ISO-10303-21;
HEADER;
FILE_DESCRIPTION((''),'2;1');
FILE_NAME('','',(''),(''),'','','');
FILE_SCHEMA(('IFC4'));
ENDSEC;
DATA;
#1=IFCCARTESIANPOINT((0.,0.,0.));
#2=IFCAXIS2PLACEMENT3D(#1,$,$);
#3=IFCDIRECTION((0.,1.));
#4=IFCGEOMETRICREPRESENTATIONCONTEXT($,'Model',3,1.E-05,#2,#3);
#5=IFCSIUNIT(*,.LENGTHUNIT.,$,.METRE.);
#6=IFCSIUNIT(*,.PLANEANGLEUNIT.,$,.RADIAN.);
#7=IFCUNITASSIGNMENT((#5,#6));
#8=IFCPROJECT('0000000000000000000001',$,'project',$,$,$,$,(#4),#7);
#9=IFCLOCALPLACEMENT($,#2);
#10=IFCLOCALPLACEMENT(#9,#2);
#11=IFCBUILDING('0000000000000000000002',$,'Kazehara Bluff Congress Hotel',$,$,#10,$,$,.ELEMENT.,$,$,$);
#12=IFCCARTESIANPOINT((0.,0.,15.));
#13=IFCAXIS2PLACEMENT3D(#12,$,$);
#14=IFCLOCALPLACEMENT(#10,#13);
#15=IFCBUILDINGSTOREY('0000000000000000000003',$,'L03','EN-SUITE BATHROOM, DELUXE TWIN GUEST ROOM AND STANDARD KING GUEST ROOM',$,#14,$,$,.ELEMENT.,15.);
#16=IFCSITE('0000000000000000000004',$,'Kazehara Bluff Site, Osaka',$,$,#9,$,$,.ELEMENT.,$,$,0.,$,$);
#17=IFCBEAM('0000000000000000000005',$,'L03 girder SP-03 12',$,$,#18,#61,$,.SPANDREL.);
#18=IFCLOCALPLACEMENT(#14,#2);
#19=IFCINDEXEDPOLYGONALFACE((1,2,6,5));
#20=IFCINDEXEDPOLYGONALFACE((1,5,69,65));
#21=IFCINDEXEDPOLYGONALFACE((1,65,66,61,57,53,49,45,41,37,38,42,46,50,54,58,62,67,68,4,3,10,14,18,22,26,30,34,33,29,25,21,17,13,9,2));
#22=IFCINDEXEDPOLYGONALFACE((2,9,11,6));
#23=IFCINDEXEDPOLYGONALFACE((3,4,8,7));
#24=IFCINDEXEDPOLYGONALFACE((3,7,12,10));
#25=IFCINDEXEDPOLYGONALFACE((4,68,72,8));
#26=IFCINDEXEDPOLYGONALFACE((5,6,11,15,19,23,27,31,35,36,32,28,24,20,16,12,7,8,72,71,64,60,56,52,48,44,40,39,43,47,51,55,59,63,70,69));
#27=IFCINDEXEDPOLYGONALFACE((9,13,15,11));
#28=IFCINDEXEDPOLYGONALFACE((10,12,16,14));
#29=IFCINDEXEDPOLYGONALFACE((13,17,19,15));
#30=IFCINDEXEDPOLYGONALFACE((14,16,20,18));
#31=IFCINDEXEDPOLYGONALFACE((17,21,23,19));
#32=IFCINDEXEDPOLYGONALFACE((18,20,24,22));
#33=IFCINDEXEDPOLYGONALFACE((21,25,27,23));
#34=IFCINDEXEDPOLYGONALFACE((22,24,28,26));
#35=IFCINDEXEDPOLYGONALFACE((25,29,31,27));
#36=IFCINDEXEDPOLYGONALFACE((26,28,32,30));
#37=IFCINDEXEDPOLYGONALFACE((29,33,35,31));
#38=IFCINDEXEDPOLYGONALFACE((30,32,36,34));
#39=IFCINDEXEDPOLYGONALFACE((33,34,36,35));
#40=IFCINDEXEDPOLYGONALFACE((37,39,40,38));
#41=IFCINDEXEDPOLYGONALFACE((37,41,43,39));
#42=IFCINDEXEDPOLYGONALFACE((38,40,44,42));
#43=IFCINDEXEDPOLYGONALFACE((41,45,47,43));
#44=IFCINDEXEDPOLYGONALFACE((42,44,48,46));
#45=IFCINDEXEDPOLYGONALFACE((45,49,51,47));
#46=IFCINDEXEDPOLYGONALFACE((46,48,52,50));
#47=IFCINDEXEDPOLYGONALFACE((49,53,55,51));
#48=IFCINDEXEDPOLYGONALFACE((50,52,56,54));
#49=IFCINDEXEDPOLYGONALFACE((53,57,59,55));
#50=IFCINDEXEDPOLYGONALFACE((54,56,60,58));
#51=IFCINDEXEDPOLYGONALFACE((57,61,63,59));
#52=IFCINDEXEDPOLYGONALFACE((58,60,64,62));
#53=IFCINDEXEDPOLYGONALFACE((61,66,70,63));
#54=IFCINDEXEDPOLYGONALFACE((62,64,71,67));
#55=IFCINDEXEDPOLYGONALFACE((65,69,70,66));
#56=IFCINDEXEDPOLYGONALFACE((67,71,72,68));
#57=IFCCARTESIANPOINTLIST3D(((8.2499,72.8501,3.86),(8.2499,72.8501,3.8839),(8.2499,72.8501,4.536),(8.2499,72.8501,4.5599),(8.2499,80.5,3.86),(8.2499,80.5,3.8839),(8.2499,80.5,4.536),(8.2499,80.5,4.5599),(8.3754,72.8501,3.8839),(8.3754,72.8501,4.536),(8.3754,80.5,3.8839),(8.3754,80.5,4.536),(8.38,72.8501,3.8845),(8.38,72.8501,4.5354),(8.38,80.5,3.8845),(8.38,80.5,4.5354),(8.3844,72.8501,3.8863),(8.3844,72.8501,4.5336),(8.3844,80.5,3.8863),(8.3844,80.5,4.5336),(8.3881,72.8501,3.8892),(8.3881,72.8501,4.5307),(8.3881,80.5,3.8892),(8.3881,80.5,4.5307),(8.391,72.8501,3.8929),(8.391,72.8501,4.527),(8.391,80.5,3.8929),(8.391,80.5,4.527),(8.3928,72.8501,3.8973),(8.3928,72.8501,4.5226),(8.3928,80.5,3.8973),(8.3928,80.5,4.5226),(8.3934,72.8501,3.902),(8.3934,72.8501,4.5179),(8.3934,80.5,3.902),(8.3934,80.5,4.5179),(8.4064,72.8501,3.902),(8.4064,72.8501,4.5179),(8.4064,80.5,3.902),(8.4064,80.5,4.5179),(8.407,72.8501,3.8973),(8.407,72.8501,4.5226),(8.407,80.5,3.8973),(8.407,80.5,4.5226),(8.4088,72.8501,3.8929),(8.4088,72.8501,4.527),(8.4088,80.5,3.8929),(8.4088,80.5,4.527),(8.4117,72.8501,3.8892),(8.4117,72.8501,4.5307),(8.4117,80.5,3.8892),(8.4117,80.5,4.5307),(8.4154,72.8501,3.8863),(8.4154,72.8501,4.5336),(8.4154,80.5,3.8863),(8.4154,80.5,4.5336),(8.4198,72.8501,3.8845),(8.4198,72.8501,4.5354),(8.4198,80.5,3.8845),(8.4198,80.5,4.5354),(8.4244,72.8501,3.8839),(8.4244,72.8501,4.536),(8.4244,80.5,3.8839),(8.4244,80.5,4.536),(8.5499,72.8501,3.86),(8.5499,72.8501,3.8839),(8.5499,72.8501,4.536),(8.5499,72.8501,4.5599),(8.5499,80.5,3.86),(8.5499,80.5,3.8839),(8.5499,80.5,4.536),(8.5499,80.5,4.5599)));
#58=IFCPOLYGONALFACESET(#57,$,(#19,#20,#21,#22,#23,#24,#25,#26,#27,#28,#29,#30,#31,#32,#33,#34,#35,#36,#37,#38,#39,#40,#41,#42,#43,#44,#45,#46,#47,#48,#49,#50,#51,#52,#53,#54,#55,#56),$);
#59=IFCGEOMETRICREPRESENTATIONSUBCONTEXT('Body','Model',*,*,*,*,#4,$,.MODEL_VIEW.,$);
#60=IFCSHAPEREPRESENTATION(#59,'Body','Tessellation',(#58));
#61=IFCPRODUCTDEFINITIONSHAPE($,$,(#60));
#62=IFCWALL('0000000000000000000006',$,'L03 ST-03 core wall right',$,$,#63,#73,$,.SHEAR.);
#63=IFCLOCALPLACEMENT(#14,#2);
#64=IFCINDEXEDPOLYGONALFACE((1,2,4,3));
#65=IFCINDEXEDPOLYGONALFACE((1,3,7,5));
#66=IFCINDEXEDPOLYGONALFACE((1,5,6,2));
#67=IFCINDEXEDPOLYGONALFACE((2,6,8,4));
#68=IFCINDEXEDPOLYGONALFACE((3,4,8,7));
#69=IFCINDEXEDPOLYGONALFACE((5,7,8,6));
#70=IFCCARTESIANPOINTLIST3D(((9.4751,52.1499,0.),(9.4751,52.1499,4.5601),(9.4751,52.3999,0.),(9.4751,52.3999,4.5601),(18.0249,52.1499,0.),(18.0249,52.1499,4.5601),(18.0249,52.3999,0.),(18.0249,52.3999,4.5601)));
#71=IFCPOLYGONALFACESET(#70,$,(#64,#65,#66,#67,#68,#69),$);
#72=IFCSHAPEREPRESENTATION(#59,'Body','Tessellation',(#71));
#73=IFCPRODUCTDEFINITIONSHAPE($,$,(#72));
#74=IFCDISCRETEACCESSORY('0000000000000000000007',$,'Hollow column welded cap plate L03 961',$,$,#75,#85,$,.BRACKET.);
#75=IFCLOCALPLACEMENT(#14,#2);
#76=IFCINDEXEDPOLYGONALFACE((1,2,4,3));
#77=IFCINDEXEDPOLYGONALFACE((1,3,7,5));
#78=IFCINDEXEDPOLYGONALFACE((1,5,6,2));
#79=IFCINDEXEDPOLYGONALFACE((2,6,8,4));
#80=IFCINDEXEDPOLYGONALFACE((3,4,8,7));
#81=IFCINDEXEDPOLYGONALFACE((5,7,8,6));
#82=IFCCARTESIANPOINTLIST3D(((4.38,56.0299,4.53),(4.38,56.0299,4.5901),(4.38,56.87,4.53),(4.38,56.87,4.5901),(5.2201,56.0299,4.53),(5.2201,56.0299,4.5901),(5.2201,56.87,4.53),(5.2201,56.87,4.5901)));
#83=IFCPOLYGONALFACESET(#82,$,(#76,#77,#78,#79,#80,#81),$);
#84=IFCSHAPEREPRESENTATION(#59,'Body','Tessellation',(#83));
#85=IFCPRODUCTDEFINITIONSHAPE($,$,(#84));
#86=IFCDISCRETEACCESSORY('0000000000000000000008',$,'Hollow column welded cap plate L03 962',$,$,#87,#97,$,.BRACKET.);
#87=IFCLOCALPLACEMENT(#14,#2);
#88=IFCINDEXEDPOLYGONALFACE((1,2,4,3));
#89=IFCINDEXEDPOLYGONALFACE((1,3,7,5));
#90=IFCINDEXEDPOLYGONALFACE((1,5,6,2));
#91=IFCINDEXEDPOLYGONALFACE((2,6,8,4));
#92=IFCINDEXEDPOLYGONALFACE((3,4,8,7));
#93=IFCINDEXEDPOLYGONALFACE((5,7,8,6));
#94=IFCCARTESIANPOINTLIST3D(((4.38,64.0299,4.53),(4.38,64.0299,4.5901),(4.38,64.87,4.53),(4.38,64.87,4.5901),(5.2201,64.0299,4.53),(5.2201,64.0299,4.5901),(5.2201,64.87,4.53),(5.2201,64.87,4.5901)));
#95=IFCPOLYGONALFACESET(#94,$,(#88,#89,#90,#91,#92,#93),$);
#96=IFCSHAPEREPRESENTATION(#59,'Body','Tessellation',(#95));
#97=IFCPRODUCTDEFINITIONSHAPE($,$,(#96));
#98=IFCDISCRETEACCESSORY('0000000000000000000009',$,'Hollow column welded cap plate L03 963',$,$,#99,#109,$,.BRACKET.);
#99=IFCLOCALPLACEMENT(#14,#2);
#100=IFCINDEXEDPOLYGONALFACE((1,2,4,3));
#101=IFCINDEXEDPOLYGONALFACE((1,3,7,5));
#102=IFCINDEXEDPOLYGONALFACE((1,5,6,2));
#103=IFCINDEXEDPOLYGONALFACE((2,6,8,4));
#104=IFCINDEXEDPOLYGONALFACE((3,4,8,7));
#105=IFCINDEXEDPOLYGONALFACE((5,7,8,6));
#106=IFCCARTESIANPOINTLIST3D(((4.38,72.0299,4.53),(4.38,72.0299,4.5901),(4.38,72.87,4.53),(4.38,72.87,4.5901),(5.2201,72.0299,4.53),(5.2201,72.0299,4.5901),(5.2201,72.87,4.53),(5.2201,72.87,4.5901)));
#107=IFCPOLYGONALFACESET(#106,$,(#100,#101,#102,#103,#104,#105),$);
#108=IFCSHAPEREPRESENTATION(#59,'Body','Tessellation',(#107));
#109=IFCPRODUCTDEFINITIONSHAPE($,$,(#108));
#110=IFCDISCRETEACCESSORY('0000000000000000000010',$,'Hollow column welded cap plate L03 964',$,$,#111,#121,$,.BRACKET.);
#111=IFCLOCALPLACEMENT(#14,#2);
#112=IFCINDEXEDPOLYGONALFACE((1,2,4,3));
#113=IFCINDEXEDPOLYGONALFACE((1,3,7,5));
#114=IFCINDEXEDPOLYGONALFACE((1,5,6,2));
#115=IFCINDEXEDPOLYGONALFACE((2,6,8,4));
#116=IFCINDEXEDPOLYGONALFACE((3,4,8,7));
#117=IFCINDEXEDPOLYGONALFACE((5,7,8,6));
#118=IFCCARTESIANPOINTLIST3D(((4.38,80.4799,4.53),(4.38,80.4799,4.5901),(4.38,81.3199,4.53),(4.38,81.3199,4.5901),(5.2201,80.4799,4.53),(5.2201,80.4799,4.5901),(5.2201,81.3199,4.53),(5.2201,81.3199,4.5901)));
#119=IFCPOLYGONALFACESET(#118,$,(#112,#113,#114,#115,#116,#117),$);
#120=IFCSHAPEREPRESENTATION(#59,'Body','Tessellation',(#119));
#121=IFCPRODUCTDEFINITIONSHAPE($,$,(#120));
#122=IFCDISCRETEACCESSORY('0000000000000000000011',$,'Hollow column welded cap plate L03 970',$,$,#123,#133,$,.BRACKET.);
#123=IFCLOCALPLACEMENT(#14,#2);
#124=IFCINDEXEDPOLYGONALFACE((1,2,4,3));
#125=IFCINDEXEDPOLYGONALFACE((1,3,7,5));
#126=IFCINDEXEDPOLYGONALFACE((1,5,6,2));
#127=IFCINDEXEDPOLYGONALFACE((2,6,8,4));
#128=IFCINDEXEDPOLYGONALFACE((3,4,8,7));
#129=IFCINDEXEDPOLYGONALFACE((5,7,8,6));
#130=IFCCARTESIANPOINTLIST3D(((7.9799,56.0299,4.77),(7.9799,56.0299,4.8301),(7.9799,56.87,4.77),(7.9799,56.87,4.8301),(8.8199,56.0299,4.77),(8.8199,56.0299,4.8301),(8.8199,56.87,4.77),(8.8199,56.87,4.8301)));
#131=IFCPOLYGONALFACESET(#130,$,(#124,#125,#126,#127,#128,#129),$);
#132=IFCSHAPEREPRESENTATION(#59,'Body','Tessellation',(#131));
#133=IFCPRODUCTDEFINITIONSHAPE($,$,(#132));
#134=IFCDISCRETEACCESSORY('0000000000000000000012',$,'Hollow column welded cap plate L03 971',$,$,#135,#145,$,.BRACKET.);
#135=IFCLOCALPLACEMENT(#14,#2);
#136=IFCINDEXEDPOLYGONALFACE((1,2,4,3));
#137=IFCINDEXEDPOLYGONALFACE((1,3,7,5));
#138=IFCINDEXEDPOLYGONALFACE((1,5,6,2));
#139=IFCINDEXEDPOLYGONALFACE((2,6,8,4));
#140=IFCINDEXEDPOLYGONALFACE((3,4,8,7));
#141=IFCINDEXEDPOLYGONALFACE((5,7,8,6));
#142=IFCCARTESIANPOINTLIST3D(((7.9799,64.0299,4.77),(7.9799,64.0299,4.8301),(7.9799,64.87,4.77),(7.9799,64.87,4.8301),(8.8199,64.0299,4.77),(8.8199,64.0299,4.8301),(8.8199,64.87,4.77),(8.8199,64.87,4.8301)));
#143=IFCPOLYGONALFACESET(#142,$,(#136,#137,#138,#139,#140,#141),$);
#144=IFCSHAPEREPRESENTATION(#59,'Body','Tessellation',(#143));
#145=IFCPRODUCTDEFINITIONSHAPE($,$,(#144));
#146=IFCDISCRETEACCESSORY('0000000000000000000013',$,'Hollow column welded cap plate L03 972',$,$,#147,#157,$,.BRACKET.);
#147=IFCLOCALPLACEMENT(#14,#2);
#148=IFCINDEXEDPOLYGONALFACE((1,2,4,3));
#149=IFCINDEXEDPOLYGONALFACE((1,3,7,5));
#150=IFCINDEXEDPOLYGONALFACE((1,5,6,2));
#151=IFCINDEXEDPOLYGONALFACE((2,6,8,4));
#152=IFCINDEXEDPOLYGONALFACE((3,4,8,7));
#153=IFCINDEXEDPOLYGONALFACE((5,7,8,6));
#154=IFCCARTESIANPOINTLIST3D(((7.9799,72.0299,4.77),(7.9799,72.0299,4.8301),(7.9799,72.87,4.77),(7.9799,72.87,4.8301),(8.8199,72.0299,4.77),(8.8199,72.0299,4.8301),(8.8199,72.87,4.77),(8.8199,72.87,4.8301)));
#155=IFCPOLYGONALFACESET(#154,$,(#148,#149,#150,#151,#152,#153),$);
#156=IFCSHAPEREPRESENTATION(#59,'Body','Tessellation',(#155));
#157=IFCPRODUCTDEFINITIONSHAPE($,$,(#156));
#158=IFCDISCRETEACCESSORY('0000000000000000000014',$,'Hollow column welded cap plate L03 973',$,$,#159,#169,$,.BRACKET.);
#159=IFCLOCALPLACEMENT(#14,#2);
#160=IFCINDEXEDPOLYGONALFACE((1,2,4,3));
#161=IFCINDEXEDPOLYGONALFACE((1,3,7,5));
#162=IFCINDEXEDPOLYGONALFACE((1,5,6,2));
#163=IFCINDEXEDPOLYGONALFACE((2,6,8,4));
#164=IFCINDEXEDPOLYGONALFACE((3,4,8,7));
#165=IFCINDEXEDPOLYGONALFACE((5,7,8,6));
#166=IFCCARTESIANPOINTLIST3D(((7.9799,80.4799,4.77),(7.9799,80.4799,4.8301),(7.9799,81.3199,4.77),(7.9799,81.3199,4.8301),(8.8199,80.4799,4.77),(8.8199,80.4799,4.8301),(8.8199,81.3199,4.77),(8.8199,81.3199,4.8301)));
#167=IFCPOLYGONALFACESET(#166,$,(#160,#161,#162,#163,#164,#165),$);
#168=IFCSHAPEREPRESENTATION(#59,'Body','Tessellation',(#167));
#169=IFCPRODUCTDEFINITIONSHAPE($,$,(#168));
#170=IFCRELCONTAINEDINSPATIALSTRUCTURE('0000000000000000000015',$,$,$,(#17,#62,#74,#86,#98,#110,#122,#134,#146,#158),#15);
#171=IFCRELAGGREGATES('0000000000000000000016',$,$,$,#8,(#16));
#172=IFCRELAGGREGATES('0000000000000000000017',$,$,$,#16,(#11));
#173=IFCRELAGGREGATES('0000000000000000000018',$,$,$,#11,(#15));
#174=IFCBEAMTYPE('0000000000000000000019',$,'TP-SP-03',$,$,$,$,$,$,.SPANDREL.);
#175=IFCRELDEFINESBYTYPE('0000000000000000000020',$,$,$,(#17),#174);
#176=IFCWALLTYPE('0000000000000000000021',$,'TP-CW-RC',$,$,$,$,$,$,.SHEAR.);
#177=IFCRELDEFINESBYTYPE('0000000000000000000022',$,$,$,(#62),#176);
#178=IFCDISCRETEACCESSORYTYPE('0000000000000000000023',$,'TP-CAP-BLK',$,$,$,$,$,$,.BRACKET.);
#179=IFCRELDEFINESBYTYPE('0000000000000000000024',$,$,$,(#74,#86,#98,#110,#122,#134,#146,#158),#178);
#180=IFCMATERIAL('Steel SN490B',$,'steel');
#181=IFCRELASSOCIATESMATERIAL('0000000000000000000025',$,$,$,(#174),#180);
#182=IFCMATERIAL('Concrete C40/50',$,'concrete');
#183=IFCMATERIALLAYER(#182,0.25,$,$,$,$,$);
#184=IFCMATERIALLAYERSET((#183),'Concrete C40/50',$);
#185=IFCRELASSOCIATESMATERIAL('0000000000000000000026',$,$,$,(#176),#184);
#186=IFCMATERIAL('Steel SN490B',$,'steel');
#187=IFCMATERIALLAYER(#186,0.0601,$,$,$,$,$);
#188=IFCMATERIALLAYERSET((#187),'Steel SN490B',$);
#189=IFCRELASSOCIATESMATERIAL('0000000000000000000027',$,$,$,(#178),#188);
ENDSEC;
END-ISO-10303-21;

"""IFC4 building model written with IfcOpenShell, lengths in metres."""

from ifc_helpers import new_model, si_unit, direction, frame, frame_2d, origin, origin_2d, place, context, subcontext, project, spatial, rectangle, i_section, extrude, material, layer, layer_set, material_profile, profile_set, type_object, element, save


model = new_model("IFC4")

# Units and contexts
model_context = context("Model", 3, precision=1e-05, world=origin(), true_north=direction((0.0, 1.0)))
body_context = subcontext(model_context, "Body", "Model", "MODEL_VIEW")
ifc_project = project(units=[si_unit("LENGTHUNIT", "METRE"), si_unit("PLANEANGLEUNIT", "RADIAN")], contexts=[model_context])

# Site, building, storey
site_placement = place(None, origin())
site = spatial("IfcSite", under=ifc_project, at=site_placement, Name="Kazehara Bluff Site, Osaka", CompositionType="ELEMENT", RefElevation=0.0)
building_placement = place(site_placement, origin())
building = spatial("IfcBuilding", under=site, at=building_placement, Name="Kazehara Bluff Congress Hotel", CompositionType="ELEMENT")
storey_placement = place(building_placement, frame((0.0, 0.0, 15.0)))
storey = spatial("IfcBuildingStorey", under=building, at=storey_placement, Name="L03", Description="EN-SUITE BATHROOM, DELUXE TWIN GUEST ROOM AND STANDARD KING GUEST ROOM", CompositionType="ELEMENT", Elevation=15.0)

# Beam
ifc_material_1 = material(Name="Steel SN490B", Category="steel")
ifc_material_profile_1 = material_profile(ifc_material_1, i_section(OverallWidth=0.3, OverallDepth=0.7, WebThickness=0.0129, FlangeThickness=0.0239, FilletRadius=0.0181, at=origin_2d()))
ifc_profile_set_1 = profile_set([ifc_material_profile_1], Name="Steel SN490B")
beam_type_1 = type_object("IfcBeamType", Name="TP-SP-03", PredefinedType="SPANDREL", material=ifc_profile_set_1)
beam_1_placement = place(storey_placement, frame((8.3999, 72.8501, 4.21), z_axis=(0.0, 1.0, 0.0), x_axis=(-1.0, 0.0, 0.0)))
element("IfcBeam", 1, at=beam_1_placement, inside=storey, type_object=beam_type_1, Name="L03 girder SP-03 12", PredefinedType="SPANDREL", context=body_context, shape_type="SweptSolid", body=[
    extrude(i_section(OverallWidth=0.3, OverallDepth=0.7, WebThickness=0.0129, FlangeThickness=0.0239, FilletRadius=0.0181, at=origin_2d()), origin(), (0.0, 0.0, 1.0), 7.6499),
])

# Wall
ifc_material_2 = material(Name="Concrete C40/50", Category="concrete")
ifc_layer_1 = layer(ifc_material_2, 0.25)
ifc_layer_set_1 = layer_set([ifc_layer_1], Name="Concrete C40/50")
wall_type = type_object("IfcWallType", Name="TP-CW-RC", PredefinedType="SHEAR", material=ifc_layer_set_1)
wall_placement = place(storey_placement, frame((9.4751, 52.2749, 0.0), z_axis=(0.0, 0.0, 1.0), x_axis=(1.0, 0.0, 0.0)))
element("IfcWall", 2, at=wall_placement, inside=storey, type_object=wall_type, Name="L03 ST-03 core wall right", PredefinedType="SHEAR", context=body_context, shape_type="SweptSolid", body=[
    extrude(rectangle(XDim=8.5498, YDim=0.25, at=frame_2d((4.2749, 0.0))), origin(), (0.0, 0.0, 1.0), 4.5601),
])

# Discrete accessories
ifc_material_3 = material(Name="Steel SN490B", Category="steel")
ifc_layer_2 = layer(ifc_material_3, 0.0601)
ifc_layer_set_2 = layer_set([ifc_layer_2], Name="Steel SN490B")
discrete_accessory_type = type_object("IfcDiscreteAccessoryType", Name="TP-CAP-BLK", PredefinedType="BRACKET", material=ifc_layer_set_2)
for number, where, z_axis, x_axis, name in (
    (3, (4.8, 56.45, 4.53), (0.0, 0.0, 1.0), (1.0, 0.0, 0.0), "Hollow column welded cap plate L03 961"),
    (4, (4.8, 64.45, 4.53), (0.0, 0.0, 1.0), (1.0, 0.0, 0.0), "Hollow column welded cap plate L03 962"),
    (5, (4.8, 72.45, 4.53), (0.0, 0.0, 1.0), (1.0, 0.0, 0.0), "Hollow column welded cap plate L03 963"),
    (6, (4.8, 80.8999, 4.53), (0.0, 0.0, 1.0), (1.0, 0.0, 0.0), "Hollow column welded cap plate L03 964"),
    (7, (8.3999, 56.45, 4.77), (0.0, 0.0, 1.0), (1.0, 0.0, 0.0), "Hollow column welded cap plate L03 970"),
    (8, (8.3999, 64.45, 4.77), (0.0, 0.0, 1.0), (1.0, 0.0, 0.0), "Hollow column welded cap plate L03 971"),
    (9, (8.3999, 72.45, 4.77), (0.0, 0.0, 1.0), (1.0, 0.0, 0.0), "Hollow column welded cap plate L03 972"),
    (10, (8.3999, 80.8999, 4.77), (0.0, 0.0, 1.0), (1.0, 0.0, 0.0), "Hollow column welded cap plate L03 973"),
):
    element("IfcDiscreteAccessory", number, at=place(storey_placement, frame(where, z_axis=z_axis, x_axis=x_axis)), inside=storey, type_object=discrete_accessory_type, Name=name, PredefinedType="BRACKET", context=body_context, shape_type="SweptSolid", body=[
        extrude(rectangle(XDim=0.8401, YDim=0.8401, at=origin_2d()), origin(), (0.0, 0.0, 1.0), 0.0601),
    ])

save(model, "model.ifc")
